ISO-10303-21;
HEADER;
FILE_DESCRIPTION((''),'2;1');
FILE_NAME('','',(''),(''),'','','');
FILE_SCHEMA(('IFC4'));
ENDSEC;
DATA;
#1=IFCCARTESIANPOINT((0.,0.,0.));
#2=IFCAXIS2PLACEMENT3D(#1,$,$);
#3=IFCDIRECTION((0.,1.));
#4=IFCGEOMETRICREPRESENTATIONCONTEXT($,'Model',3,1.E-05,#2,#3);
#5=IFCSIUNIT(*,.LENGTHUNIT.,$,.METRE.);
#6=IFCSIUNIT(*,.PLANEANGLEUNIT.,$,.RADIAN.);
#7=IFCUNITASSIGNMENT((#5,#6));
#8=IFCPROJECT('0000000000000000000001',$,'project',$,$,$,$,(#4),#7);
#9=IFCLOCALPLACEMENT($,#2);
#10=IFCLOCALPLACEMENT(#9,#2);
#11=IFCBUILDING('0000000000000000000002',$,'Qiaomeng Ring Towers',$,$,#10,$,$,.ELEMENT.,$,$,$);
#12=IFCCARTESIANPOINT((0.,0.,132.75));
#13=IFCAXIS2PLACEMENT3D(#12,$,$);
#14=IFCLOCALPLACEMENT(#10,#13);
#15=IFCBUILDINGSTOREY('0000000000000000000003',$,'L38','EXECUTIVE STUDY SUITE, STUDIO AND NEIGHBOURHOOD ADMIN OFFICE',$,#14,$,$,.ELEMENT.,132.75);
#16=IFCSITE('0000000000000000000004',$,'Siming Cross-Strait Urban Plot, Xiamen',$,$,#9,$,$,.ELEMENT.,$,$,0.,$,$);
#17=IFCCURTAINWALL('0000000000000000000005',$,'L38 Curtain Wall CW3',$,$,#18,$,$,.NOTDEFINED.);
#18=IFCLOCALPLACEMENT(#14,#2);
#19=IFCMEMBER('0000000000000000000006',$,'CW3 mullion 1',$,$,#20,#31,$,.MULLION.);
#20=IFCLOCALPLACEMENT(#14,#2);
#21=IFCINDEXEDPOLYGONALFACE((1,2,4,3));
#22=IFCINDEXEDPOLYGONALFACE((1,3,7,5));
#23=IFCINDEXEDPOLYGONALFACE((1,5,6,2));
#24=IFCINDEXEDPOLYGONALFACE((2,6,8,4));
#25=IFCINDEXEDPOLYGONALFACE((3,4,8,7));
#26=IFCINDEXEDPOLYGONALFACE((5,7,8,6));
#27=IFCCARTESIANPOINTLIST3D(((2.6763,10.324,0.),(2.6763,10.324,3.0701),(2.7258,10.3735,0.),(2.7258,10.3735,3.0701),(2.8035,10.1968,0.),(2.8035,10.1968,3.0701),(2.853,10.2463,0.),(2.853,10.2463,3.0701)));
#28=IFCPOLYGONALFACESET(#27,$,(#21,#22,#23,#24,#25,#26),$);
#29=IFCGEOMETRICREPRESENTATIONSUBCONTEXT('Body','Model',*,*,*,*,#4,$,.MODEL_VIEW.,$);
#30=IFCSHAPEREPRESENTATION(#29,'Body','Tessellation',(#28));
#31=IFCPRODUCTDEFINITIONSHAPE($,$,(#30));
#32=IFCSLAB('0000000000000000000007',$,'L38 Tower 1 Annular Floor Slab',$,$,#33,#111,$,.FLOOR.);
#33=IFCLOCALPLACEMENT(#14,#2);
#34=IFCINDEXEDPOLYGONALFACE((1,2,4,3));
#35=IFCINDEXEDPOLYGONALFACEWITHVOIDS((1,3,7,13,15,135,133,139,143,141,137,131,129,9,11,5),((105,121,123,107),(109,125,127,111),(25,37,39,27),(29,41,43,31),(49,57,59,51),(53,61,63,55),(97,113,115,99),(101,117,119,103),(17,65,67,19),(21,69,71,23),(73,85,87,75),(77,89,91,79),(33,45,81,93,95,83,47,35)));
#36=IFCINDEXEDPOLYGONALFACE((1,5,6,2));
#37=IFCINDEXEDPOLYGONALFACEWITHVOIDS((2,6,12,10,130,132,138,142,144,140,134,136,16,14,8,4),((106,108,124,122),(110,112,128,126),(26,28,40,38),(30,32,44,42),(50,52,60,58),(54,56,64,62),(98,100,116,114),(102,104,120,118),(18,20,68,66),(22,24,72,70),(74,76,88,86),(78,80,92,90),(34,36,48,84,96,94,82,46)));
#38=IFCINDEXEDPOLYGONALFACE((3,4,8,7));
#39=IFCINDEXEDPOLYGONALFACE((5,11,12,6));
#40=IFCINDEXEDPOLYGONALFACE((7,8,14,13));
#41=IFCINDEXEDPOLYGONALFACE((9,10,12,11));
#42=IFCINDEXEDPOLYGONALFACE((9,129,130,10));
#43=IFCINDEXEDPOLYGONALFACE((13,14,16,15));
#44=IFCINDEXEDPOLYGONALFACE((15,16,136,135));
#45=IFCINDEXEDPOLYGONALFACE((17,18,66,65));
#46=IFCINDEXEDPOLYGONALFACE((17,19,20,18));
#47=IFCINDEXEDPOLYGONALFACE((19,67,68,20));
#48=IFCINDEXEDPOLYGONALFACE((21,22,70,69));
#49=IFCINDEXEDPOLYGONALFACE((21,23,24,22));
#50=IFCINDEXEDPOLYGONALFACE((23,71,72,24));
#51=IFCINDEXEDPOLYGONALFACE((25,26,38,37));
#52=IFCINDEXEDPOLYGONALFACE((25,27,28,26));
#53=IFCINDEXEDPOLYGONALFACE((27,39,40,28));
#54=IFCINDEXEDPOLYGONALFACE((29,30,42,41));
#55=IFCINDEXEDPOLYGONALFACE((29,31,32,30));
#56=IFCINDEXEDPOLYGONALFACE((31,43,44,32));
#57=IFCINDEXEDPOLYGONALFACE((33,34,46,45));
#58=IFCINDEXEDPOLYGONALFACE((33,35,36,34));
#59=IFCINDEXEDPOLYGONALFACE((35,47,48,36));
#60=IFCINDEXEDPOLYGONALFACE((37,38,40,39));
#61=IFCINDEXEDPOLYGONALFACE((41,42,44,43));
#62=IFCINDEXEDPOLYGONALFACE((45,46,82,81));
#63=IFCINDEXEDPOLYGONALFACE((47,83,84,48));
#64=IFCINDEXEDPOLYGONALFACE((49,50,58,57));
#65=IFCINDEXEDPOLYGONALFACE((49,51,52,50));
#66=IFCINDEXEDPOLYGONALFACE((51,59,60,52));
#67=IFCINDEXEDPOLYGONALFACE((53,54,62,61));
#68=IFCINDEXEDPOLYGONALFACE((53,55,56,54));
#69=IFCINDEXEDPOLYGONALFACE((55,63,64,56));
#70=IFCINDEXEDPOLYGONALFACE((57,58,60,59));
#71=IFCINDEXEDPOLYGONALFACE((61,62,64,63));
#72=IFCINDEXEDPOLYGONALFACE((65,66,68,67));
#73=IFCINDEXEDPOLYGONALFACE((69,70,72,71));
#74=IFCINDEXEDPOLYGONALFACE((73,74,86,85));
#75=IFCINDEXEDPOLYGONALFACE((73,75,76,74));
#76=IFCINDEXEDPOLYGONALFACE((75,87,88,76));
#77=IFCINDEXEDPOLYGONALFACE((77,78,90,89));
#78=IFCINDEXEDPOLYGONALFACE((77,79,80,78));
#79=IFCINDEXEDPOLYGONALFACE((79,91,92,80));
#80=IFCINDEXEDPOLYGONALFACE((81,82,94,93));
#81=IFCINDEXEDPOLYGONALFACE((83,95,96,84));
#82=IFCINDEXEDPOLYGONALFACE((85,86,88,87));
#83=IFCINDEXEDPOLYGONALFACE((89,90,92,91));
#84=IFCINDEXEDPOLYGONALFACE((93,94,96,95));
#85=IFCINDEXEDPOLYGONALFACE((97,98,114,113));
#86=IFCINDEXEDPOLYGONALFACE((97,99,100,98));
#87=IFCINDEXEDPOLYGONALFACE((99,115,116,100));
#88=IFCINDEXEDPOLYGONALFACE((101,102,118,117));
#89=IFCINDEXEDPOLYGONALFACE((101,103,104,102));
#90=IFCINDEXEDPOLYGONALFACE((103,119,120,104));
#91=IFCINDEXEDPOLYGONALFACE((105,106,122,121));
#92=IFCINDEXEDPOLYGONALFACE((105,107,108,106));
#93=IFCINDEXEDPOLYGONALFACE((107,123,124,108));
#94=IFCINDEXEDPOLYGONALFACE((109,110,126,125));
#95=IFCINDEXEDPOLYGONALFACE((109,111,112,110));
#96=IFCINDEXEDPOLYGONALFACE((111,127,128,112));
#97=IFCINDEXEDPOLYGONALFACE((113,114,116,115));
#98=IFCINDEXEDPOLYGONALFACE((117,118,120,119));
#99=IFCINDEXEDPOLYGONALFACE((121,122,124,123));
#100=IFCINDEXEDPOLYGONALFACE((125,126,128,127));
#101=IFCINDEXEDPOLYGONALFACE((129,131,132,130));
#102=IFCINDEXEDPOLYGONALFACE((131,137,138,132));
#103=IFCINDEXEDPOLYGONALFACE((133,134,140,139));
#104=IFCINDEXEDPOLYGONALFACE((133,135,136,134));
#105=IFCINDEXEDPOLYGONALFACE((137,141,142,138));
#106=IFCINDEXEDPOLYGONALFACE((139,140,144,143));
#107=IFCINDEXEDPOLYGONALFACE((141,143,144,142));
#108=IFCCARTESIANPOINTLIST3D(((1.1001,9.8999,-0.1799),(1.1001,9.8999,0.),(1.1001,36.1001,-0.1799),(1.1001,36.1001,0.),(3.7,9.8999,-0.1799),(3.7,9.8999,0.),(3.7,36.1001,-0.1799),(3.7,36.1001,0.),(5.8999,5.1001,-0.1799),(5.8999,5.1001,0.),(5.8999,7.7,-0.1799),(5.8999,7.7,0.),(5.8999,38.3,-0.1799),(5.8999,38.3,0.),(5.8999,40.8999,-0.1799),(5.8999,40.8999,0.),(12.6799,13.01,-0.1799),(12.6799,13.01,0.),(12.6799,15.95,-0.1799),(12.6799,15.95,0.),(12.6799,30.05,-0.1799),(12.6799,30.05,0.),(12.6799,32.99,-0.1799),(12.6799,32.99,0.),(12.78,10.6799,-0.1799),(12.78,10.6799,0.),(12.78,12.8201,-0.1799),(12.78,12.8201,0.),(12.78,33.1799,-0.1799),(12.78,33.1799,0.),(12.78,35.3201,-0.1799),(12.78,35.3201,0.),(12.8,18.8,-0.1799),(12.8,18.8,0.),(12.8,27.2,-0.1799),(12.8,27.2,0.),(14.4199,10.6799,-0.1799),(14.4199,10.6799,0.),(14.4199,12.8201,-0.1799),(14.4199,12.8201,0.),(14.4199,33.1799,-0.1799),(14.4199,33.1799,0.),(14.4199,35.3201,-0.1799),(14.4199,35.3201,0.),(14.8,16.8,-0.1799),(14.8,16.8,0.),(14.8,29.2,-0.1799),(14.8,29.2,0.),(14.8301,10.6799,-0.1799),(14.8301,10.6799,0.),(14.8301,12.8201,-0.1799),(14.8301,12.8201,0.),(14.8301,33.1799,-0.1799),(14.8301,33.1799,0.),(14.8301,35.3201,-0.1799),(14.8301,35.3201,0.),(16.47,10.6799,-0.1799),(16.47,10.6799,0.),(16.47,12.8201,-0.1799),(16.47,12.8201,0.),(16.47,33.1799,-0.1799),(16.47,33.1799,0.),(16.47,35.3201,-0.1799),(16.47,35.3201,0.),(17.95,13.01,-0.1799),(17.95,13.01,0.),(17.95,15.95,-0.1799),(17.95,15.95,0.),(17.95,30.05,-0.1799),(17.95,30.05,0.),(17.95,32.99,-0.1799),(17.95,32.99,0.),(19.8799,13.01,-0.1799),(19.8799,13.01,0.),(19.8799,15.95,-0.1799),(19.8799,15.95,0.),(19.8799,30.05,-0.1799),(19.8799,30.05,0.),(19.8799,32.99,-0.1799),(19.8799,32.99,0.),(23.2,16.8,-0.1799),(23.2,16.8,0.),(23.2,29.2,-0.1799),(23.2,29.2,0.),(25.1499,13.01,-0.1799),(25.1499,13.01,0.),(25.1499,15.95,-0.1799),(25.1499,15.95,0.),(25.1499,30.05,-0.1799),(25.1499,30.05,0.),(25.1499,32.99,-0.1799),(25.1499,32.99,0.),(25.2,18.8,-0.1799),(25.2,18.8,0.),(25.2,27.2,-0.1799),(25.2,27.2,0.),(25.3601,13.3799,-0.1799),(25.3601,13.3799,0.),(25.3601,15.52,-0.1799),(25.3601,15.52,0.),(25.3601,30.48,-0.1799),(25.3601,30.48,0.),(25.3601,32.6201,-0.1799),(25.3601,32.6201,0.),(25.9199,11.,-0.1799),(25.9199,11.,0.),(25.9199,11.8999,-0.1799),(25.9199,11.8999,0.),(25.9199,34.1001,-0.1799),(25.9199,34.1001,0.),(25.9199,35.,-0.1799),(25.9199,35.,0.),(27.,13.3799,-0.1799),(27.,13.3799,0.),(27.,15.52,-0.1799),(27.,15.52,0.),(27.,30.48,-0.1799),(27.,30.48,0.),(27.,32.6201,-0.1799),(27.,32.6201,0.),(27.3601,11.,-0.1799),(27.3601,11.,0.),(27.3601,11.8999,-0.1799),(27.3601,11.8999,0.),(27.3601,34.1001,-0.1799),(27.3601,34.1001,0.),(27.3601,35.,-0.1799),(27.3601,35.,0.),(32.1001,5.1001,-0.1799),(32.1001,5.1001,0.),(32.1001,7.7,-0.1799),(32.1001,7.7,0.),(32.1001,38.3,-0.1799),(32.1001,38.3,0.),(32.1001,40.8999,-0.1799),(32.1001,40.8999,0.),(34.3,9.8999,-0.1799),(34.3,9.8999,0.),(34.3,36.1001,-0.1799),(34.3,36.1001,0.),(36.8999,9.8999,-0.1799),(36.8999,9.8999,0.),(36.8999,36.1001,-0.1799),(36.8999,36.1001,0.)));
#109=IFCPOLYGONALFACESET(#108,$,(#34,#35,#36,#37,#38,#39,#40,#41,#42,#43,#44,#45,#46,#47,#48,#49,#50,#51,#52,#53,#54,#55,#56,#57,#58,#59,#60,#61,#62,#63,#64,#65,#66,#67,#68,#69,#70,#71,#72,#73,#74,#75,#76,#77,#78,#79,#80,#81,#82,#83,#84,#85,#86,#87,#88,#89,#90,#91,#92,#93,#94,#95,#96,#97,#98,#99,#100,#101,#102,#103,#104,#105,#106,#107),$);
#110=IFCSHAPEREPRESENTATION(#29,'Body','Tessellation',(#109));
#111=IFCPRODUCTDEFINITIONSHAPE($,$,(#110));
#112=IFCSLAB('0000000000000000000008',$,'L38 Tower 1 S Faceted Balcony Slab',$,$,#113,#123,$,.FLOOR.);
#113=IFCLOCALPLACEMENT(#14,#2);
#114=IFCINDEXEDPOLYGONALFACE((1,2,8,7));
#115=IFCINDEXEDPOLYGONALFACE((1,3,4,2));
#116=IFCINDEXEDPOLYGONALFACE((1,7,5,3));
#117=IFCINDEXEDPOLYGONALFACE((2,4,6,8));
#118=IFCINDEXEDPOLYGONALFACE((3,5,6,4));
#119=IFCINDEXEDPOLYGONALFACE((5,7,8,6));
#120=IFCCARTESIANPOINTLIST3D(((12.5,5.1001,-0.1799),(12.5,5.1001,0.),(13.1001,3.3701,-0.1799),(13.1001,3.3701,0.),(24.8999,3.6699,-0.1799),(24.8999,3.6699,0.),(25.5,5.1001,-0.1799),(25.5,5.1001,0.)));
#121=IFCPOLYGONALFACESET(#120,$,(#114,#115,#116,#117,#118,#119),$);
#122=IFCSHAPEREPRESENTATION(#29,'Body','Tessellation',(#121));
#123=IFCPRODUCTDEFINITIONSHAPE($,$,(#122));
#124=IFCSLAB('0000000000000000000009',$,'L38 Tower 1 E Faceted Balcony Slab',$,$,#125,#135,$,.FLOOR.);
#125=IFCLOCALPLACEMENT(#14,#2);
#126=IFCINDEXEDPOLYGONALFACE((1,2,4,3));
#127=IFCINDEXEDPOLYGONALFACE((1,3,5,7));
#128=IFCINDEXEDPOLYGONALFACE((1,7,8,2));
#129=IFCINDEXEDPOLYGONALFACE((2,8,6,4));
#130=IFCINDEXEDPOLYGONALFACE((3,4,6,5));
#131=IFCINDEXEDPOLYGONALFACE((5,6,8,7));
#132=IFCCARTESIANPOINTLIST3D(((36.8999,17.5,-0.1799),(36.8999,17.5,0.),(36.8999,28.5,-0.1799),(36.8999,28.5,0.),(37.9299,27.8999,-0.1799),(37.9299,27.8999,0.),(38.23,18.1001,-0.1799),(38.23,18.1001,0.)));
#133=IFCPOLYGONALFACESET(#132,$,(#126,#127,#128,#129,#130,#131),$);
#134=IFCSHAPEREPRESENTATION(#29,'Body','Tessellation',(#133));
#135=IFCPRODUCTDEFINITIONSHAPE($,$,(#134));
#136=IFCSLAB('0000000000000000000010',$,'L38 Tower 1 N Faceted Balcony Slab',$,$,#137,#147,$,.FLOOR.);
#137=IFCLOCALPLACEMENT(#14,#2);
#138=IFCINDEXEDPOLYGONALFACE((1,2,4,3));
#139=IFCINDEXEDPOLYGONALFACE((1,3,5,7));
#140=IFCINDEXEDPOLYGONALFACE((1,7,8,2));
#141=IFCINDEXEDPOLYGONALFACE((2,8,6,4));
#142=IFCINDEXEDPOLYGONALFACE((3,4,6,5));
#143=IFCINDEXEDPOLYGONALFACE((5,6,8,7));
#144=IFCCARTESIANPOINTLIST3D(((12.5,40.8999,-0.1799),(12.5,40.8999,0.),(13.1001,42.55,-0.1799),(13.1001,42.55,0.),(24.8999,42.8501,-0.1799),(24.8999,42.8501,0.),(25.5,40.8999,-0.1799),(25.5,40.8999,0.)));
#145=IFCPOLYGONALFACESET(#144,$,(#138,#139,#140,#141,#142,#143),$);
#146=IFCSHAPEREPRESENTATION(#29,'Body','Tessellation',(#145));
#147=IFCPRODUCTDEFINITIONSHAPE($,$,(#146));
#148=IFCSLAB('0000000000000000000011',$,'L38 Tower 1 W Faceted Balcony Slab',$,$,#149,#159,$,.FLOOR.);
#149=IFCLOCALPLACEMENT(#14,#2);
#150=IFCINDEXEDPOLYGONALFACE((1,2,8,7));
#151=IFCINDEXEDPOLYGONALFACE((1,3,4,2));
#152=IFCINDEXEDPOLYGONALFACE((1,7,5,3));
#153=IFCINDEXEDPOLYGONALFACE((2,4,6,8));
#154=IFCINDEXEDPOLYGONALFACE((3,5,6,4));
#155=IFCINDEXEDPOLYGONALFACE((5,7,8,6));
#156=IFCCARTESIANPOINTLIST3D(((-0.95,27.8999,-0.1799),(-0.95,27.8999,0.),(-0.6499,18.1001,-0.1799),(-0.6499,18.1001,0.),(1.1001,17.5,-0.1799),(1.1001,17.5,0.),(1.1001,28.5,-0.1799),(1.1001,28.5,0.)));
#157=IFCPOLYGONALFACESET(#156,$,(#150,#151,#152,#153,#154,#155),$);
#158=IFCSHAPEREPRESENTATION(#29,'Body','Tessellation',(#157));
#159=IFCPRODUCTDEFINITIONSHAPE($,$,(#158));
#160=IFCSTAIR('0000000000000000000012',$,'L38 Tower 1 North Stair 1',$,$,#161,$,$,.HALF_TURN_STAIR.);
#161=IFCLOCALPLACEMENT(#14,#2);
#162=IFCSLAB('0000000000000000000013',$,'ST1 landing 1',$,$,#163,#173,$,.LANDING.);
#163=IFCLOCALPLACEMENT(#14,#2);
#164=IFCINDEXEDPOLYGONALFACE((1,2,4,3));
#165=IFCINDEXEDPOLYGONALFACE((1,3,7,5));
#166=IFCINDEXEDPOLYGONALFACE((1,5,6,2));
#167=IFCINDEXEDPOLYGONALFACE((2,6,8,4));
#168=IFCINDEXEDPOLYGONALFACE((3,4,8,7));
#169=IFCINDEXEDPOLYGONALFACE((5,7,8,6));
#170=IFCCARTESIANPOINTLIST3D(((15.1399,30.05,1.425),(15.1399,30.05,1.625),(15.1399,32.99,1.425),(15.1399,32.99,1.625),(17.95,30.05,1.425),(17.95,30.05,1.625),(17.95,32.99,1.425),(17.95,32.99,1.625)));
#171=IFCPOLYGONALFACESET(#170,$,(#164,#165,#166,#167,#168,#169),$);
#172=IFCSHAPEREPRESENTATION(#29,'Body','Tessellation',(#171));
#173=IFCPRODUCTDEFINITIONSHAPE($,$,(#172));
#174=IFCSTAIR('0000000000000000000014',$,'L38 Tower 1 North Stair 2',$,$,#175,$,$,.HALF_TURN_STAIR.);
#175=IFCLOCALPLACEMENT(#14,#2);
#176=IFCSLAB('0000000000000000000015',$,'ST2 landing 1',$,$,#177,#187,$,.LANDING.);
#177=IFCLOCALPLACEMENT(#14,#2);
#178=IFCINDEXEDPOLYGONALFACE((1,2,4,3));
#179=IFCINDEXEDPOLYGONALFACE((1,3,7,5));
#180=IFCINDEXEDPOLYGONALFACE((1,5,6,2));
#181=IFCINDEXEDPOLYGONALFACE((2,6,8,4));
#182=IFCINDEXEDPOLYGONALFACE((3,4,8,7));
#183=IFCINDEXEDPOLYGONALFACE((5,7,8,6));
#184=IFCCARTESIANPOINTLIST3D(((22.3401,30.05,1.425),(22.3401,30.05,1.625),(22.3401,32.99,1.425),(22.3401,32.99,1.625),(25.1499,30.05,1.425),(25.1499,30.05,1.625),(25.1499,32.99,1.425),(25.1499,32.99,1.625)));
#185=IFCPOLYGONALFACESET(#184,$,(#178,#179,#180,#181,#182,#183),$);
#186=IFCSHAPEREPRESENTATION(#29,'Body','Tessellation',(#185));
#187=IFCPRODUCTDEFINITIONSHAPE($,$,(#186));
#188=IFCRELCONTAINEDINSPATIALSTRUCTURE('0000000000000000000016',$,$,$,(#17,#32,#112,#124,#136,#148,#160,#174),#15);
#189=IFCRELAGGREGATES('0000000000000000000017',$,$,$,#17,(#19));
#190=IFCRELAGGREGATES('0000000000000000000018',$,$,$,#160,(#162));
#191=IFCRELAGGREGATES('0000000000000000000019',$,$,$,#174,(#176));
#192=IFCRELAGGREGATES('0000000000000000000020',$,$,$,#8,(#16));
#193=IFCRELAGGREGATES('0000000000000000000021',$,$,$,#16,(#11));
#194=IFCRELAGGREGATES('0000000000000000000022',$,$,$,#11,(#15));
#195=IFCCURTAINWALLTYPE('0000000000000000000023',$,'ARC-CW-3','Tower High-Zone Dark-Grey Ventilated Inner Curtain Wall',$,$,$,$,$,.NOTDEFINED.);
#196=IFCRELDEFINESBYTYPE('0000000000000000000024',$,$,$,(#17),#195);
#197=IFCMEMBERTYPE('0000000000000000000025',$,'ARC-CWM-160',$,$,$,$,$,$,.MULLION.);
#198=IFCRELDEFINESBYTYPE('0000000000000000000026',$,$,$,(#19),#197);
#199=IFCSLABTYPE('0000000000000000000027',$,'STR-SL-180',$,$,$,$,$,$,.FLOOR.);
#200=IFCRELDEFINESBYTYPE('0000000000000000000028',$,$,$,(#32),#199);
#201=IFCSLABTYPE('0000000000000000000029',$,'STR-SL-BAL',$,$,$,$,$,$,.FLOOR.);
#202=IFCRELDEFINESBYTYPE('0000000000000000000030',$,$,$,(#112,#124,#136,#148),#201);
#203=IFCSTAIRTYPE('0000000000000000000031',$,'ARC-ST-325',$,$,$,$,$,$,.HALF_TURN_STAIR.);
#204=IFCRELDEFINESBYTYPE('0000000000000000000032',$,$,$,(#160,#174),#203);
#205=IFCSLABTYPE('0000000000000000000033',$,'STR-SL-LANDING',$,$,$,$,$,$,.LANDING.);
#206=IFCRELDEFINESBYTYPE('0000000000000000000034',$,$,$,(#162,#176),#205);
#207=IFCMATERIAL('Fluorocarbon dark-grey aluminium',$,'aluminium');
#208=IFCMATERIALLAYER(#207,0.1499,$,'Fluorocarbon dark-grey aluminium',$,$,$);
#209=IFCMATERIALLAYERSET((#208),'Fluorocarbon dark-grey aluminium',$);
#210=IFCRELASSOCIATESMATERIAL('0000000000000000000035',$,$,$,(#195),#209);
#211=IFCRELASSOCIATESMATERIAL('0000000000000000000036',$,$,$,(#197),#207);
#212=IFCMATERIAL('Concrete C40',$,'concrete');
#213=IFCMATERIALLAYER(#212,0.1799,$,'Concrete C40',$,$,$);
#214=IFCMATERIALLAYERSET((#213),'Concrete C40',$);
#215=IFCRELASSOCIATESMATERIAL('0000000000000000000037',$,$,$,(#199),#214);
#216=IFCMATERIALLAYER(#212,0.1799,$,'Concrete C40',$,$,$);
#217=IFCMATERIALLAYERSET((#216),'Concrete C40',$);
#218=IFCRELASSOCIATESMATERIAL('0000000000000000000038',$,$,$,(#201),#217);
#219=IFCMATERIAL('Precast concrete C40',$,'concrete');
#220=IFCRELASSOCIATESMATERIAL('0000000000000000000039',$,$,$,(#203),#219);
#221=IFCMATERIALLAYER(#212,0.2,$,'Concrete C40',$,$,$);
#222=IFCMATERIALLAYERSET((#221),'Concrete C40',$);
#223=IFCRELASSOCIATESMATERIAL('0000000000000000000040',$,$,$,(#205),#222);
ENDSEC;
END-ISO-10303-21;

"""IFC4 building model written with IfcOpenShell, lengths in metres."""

from ifc_helpers import new_model, si_unit, direction, frame, origin, origin_2d, place, context, subcontext, project, spatial, polyline, rectangle, outline, extrude, source, transform, mapped, material, layer, layer_set, material_profile, profile_set, type_object, element, aggregate, save


model = new_model("IFC4")

# Units and contexts
model_context = context("Model", 3, precision=1e-05, world=origin(), true_north=direction((0.0, 1.0)))
body_context = subcontext(model_context, "Body", "Model", "MODEL_VIEW")
ifc_project = project(units=[si_unit("LENGTHUNIT", "METRE"), si_unit("PLANEANGLEUNIT", "RADIAN")], contexts=[model_context])

# Site, building, storey
site_placement = place(None, origin())
site = spatial("IfcSite", under=ifc_project, at=site_placement, Name="Siming Cross-Strait Urban Plot, Xiamen", CompositionType="ELEMENT", RefElevation=0.0)
building_placement = place(site_placement, origin())
building = spatial("IfcBuilding", under=site, at=building_placement, Name="Qiaomeng Ring Towers", CompositionType="ELEMENT")
storey_placement = place(building_placement, frame((0.0, 0.0, 132.75)))
storey = spatial("IfcBuildingStorey", under=building, at=storey_placement, Name="L38", Description="EXECUTIVE STUDY SUITE, STUDIO AND NEIGHBOURHOOD ADMIN OFFICE", CompositionType="ELEMENT", Elevation=132.75)

# Curtain wall, member
ifc_material_1 = material(Name="Fluorocarbon dark-grey aluminium", Category="aluminium")
ifc_layer_1 = layer(ifc_material_1, 0.1499, Name="Fluorocarbon dark-grey aluminium")
ifc_layer_set_1 = layer_set([ifc_layer_1], Name="Fluorocarbon dark-grey aluminium")
curtain_wall_type = type_object("IfcCurtainWallType", Name="ARC-CW-3", Description="Tower High-Zone Dark-Grey Ventilated Inner Curtain Wall", PredefinedType="NOTDEFINED", material=ifc_layer_set_1)
curtain_wall_placement = place(storey_placement, origin())
curtain_wall = element("IfcCurtainWall", 1, at=curtain_wall_placement, inside=storey, type_object=curtain_wall_type, Name="L38 Curtain Wall CW3", PredefinedType="NOTDEFINED")
ifc_material_profile = material_profile(ifc_material_1, rectangle(XDim=0.0701, YDim=0.1799, at=origin_2d()), Name="ALU MULL 70x180")
ifc_profile_set = profile_set([ifc_material_profile], Name="Fluorocarbon dark-grey aluminium")
member_type = type_object("IfcMemberType", Name="ARC-CWM-160", PredefinedType="MULLION", material=ifc_profile_set)
shared_shape_1 = source(origin(), body_context, "Body", "SweptSolid", [
    extrude(rectangle(XDim=0.0701, YDim=0.1799, at=origin_2d()), origin(), (0.0, 0.0, 1.0), 3.0701),
])
member_placement = place(storey_placement, frame((2.7646, 10.2852, 0.0), z_axis=(0.0, 0.0, 1.0), x_axis=(0.707107, 0.707107, 0.0)))
member = element("IfcMember", 2, at=member_placement, type_object=member_type, Name="CW3 mullion 1", PredefinedType="MULLION", context=body_context, shape_type="MappedRepresentation", body=[
    mapped(shared_shape_1, transform((0.0, 0.0, 0.0), x_axis=(1.0, 0.0, 0.0), y_axis=(0.0, 1.0, 0.0), z_axis=(0.0, 0.0, 1.0), scale=1.0)),
])
aggregate(curtain_wall, [member])

# Slabs
ifc_material_2 = material(Name="Concrete C40", Category="concrete")
ifc_layer_2 = layer(ifc_material_2, 0.1799, Name="Concrete C40")
ifc_layer_set_2 = layer_set([ifc_layer_2], Name="Concrete C40")
slab_type_1 = type_object("IfcSlabType", Name="STR-SL-180", PredefinedType="FLOOR", material=ifc_layer_set_2)
slab_1_placement = place(storey_placement, frame((0.0, 0.0, -0.1799)))
element("IfcSlab", 3, at=slab_1_placement, inside=storey, type_object=slab_type_1, Name="L38 Tower 1 Annular Floor Slab", PredefinedType="FLOOR", context=body_context, shape_type="SweptSolid", body=[
    extrude(outline(polyline([(5.8999, 5.1001), (32.1001, 5.1001), (32.1001, 7.7), (34.3, 9.8999), (36.8999, 9.8999), (36.8999, 36.1001), (34.3, 36.1001), (32.1001, 38.3), (32.1001, 40.8999), (5.8999, 40.8999), (5.8999, 38.3), (3.7, 36.1001), (1.1001, 36.1001), (1.1001, 9.8999), (3.7, 9.8999), (5.8999, 7.7), (5.8999, 5.1001)]), holes=[polyline([(12.78, 10.6799), (12.78, 12.8201), (14.4199, 12.8201), (14.4199, 10.6799), (12.78, 10.6799)]), polyline([(14.8301, 12.8201), (16.47, 12.8201), (16.47, 10.6799), (14.8301, 10.6799), (14.8301, 12.8201)]), polyline([(12.6799, 15.95), (17.95, 15.95), (17.95, 13.01), (12.6799, 13.01), (12.6799, 15.95)]), polyline([(23.2, 29.2), (25.2, 27.2), (25.2, 18.8), (23.2, 16.8), (14.8, 16.8), (12.8, 18.8), (12.8, 27.2), (14.8, 29.2), (23.2, 29.2)]), polyline([(12.6799, 32.99), (17.95, 32.99), (17.95, 30.05), (12.6799, 30.05), (12.6799, 32.99)]), polyline([(12.78, 35.3201), (14.4199, 35.3201), (14.4199, 33.1799), (12.78, 33.1799), (12.78, 35.3201)]), polyline([(14.8301, 33.1799), (14.8301, 35.3201), (16.47, 35.3201), (16.47, 33.1799), (14.8301, 33.1799)]), polyline([(25.9199, 11.8999), (27.3601, 11.8999), (27.3601, 11.0), (25.9199, 11.0), (25.9199, 11.8999)]), polyline([(25.3601, 15.52), (27.0, 15.52), (27.0, 13.3799), (25.3601, 13.3799), (25.3601, 15.52)]), polyline([(19.8799, 15.95), (25.1499, 15.95), (25.1499, 13.01), (19.8799, 13.01), (19.8799, 15.95)]), polyline([(19.8799, 32.99), (25.1499, 32.99), (25.1499, 30.05), (19.8799, 30.05), (19.8799, 32.99)]), polyline([(25.3601, 32.6201), (27.0, 32.6201), (27.0, 30.48), (25.3601, 30.48), (25.3601, 32.6201)]), polyline([(25.9199, 35.0), (27.3601, 35.0), (27.3601, 34.1001), (25.9199, 34.1001), (25.9199, 35.0)])]), origin(), (0.0, 0.0, 1.0), 0.1799),
])
ifc_layer_3 = layer(ifc_material_2, 0.1799, Name="Concrete C40")
ifc_layer_set_3 = layer_set([ifc_layer_3], Name="Concrete C40")
slab_type_2 = type_object("IfcSlabType", Name="STR-SL-BAL", PredefinedType="FLOOR", material=ifc_layer_set_3)
slab_2_placement = place(storey_placement, frame((0.0, 0.0, -0.1799)))
element("IfcSlab", 4, at=slab_2_placement, inside=storey, type_object=slab_type_2, Name="L38 Tower 1 S Faceted Balcony Slab", PredefinedType="FLOOR", context=body_context, shape_type="SweptSolid", body=[
    extrude(outline(polyline([(24.8999, 3.6699), (13.1001, 3.3701), (12.5, 5.1001), (25.5, 5.1001), (24.8999, 3.6699)])), origin(), (0.0, 0.0, 1.0), 0.1799),
])
slab_3_placement = place(storey_placement, frame((0.0, 0.0, -0.1799)))
element("IfcSlab", 5, at=slab_3_placement, inside=storey, type_object=slab_type_2, Name="L38 Tower 1 E Faceted Balcony Slab", PredefinedType="FLOOR", context=body_context, shape_type="SweptSolid", body=[
    extrude(outline(polyline([(37.9299, 27.8999), (38.23, 18.1001), (36.8999, 17.5), (36.8999, 28.5), (37.9299, 27.8999)])), origin(), (0.0, 0.0, 1.0), 0.1799),
])
slab_4_placement = place(storey_placement, frame((0.0, 0.0, -0.1799)))
element("IfcSlab", 6, at=slab_4_placement, inside=storey, type_object=slab_type_2, Name="L38 Tower 1 N Faceted Balcony Slab", PredefinedType="FLOOR", context=body_context, shape_type="SweptSolid", body=[
    extrude(outline(polyline([(12.5, 40.8999), (13.1001, 42.55), (24.8999, 42.8501), (25.5, 40.8999), (12.5, 40.8999)])), origin(), (0.0, 0.0, 1.0), 0.1799),
])
slab_5_placement = place(storey_placement, frame((0.0, 0.0, -0.1799)))
element("IfcSlab", 7, at=slab_5_placement, inside=storey, type_object=slab_type_2, Name="L38 Tower 1 W Faceted Balcony Slab", PredefinedType="FLOOR", context=body_context, shape_type="SweptSolid", body=[
    extrude(outline(polyline([(-0.6499, 18.1001), (-0.95, 27.8999), (1.1001, 28.5), (1.1001, 17.5), (-0.6499, 18.1001)])), origin(), (0.0, 0.0, 1.0), 0.1799),
])

# Stairs, slabs
ifc_material_3 = material(Name="Precast concrete C40", Category="concrete")
stair_type = type_object("IfcStairType", Name="ARC-ST-325", PredefinedType="HALF_TURN_STAIR", material=ifc_material_3)
stair_1_placement = place(storey_placement, origin())
stair_1 = element("IfcStair", 8, at=stair_1_placement, inside=storey, type_object=stair_type, Name="L38 Tower 1 North Stair 1", PredefinedType="HALF_TURN_STAIR")
ifc_layer_4 = layer(ifc_material_2, 0.2, Name="Concrete C40")
ifc_layer_set_4 = layer_set([ifc_layer_4], Name="Concrete C40")
slab_type_3 = type_object("IfcSlabType", Name="STR-SL-LANDING", PredefinedType="LANDING", material=ifc_layer_set_4)
slab_6_placement = place(storey_placement, frame((0.0, 0.0, 1.425)))
slab_6 = element("IfcSlab", 9, at=slab_6_placement, type_object=slab_type_3, Name="ST1 landing 1", PredefinedType="LANDING", context=body_context, shape_type="SweptSolid", body=[
    extrude(outline(polyline([(15.1399, 30.05), (17.95, 30.05), (17.95, 32.99), (15.1399, 32.99), (15.1399, 30.05)])), origin(), (0.0, 0.0, 1.0), 0.2),
])
aggregate(stair_1, [slab_6])
stair_2_placement = place(storey_placement, origin())
stair_2 = element("IfcStair", 10, at=stair_2_placement, inside=storey, type_object=stair_type, Name="L38 Tower 1 North Stair 2", PredefinedType="HALF_TURN_STAIR")
slab_7_placement = place(storey_placement, frame((0.0, 0.0, 1.425)))
slab_7 = element("IfcSlab", 11, at=slab_7_placement, type_object=slab_type_3, Name="ST2 landing 1", PredefinedType="LANDING", context=body_context, shape_type="SweptSolid", body=[
    extrude(outline(polyline([(22.3401, 30.05), (25.1499, 30.05), (25.1499, 32.99), (22.3401, 32.99), (22.3401, 30.05)])), origin(), (0.0, 0.0, 1.0), 0.2),
])
aggregate(stair_2, [slab_7])

save(model, "model.ifc")
